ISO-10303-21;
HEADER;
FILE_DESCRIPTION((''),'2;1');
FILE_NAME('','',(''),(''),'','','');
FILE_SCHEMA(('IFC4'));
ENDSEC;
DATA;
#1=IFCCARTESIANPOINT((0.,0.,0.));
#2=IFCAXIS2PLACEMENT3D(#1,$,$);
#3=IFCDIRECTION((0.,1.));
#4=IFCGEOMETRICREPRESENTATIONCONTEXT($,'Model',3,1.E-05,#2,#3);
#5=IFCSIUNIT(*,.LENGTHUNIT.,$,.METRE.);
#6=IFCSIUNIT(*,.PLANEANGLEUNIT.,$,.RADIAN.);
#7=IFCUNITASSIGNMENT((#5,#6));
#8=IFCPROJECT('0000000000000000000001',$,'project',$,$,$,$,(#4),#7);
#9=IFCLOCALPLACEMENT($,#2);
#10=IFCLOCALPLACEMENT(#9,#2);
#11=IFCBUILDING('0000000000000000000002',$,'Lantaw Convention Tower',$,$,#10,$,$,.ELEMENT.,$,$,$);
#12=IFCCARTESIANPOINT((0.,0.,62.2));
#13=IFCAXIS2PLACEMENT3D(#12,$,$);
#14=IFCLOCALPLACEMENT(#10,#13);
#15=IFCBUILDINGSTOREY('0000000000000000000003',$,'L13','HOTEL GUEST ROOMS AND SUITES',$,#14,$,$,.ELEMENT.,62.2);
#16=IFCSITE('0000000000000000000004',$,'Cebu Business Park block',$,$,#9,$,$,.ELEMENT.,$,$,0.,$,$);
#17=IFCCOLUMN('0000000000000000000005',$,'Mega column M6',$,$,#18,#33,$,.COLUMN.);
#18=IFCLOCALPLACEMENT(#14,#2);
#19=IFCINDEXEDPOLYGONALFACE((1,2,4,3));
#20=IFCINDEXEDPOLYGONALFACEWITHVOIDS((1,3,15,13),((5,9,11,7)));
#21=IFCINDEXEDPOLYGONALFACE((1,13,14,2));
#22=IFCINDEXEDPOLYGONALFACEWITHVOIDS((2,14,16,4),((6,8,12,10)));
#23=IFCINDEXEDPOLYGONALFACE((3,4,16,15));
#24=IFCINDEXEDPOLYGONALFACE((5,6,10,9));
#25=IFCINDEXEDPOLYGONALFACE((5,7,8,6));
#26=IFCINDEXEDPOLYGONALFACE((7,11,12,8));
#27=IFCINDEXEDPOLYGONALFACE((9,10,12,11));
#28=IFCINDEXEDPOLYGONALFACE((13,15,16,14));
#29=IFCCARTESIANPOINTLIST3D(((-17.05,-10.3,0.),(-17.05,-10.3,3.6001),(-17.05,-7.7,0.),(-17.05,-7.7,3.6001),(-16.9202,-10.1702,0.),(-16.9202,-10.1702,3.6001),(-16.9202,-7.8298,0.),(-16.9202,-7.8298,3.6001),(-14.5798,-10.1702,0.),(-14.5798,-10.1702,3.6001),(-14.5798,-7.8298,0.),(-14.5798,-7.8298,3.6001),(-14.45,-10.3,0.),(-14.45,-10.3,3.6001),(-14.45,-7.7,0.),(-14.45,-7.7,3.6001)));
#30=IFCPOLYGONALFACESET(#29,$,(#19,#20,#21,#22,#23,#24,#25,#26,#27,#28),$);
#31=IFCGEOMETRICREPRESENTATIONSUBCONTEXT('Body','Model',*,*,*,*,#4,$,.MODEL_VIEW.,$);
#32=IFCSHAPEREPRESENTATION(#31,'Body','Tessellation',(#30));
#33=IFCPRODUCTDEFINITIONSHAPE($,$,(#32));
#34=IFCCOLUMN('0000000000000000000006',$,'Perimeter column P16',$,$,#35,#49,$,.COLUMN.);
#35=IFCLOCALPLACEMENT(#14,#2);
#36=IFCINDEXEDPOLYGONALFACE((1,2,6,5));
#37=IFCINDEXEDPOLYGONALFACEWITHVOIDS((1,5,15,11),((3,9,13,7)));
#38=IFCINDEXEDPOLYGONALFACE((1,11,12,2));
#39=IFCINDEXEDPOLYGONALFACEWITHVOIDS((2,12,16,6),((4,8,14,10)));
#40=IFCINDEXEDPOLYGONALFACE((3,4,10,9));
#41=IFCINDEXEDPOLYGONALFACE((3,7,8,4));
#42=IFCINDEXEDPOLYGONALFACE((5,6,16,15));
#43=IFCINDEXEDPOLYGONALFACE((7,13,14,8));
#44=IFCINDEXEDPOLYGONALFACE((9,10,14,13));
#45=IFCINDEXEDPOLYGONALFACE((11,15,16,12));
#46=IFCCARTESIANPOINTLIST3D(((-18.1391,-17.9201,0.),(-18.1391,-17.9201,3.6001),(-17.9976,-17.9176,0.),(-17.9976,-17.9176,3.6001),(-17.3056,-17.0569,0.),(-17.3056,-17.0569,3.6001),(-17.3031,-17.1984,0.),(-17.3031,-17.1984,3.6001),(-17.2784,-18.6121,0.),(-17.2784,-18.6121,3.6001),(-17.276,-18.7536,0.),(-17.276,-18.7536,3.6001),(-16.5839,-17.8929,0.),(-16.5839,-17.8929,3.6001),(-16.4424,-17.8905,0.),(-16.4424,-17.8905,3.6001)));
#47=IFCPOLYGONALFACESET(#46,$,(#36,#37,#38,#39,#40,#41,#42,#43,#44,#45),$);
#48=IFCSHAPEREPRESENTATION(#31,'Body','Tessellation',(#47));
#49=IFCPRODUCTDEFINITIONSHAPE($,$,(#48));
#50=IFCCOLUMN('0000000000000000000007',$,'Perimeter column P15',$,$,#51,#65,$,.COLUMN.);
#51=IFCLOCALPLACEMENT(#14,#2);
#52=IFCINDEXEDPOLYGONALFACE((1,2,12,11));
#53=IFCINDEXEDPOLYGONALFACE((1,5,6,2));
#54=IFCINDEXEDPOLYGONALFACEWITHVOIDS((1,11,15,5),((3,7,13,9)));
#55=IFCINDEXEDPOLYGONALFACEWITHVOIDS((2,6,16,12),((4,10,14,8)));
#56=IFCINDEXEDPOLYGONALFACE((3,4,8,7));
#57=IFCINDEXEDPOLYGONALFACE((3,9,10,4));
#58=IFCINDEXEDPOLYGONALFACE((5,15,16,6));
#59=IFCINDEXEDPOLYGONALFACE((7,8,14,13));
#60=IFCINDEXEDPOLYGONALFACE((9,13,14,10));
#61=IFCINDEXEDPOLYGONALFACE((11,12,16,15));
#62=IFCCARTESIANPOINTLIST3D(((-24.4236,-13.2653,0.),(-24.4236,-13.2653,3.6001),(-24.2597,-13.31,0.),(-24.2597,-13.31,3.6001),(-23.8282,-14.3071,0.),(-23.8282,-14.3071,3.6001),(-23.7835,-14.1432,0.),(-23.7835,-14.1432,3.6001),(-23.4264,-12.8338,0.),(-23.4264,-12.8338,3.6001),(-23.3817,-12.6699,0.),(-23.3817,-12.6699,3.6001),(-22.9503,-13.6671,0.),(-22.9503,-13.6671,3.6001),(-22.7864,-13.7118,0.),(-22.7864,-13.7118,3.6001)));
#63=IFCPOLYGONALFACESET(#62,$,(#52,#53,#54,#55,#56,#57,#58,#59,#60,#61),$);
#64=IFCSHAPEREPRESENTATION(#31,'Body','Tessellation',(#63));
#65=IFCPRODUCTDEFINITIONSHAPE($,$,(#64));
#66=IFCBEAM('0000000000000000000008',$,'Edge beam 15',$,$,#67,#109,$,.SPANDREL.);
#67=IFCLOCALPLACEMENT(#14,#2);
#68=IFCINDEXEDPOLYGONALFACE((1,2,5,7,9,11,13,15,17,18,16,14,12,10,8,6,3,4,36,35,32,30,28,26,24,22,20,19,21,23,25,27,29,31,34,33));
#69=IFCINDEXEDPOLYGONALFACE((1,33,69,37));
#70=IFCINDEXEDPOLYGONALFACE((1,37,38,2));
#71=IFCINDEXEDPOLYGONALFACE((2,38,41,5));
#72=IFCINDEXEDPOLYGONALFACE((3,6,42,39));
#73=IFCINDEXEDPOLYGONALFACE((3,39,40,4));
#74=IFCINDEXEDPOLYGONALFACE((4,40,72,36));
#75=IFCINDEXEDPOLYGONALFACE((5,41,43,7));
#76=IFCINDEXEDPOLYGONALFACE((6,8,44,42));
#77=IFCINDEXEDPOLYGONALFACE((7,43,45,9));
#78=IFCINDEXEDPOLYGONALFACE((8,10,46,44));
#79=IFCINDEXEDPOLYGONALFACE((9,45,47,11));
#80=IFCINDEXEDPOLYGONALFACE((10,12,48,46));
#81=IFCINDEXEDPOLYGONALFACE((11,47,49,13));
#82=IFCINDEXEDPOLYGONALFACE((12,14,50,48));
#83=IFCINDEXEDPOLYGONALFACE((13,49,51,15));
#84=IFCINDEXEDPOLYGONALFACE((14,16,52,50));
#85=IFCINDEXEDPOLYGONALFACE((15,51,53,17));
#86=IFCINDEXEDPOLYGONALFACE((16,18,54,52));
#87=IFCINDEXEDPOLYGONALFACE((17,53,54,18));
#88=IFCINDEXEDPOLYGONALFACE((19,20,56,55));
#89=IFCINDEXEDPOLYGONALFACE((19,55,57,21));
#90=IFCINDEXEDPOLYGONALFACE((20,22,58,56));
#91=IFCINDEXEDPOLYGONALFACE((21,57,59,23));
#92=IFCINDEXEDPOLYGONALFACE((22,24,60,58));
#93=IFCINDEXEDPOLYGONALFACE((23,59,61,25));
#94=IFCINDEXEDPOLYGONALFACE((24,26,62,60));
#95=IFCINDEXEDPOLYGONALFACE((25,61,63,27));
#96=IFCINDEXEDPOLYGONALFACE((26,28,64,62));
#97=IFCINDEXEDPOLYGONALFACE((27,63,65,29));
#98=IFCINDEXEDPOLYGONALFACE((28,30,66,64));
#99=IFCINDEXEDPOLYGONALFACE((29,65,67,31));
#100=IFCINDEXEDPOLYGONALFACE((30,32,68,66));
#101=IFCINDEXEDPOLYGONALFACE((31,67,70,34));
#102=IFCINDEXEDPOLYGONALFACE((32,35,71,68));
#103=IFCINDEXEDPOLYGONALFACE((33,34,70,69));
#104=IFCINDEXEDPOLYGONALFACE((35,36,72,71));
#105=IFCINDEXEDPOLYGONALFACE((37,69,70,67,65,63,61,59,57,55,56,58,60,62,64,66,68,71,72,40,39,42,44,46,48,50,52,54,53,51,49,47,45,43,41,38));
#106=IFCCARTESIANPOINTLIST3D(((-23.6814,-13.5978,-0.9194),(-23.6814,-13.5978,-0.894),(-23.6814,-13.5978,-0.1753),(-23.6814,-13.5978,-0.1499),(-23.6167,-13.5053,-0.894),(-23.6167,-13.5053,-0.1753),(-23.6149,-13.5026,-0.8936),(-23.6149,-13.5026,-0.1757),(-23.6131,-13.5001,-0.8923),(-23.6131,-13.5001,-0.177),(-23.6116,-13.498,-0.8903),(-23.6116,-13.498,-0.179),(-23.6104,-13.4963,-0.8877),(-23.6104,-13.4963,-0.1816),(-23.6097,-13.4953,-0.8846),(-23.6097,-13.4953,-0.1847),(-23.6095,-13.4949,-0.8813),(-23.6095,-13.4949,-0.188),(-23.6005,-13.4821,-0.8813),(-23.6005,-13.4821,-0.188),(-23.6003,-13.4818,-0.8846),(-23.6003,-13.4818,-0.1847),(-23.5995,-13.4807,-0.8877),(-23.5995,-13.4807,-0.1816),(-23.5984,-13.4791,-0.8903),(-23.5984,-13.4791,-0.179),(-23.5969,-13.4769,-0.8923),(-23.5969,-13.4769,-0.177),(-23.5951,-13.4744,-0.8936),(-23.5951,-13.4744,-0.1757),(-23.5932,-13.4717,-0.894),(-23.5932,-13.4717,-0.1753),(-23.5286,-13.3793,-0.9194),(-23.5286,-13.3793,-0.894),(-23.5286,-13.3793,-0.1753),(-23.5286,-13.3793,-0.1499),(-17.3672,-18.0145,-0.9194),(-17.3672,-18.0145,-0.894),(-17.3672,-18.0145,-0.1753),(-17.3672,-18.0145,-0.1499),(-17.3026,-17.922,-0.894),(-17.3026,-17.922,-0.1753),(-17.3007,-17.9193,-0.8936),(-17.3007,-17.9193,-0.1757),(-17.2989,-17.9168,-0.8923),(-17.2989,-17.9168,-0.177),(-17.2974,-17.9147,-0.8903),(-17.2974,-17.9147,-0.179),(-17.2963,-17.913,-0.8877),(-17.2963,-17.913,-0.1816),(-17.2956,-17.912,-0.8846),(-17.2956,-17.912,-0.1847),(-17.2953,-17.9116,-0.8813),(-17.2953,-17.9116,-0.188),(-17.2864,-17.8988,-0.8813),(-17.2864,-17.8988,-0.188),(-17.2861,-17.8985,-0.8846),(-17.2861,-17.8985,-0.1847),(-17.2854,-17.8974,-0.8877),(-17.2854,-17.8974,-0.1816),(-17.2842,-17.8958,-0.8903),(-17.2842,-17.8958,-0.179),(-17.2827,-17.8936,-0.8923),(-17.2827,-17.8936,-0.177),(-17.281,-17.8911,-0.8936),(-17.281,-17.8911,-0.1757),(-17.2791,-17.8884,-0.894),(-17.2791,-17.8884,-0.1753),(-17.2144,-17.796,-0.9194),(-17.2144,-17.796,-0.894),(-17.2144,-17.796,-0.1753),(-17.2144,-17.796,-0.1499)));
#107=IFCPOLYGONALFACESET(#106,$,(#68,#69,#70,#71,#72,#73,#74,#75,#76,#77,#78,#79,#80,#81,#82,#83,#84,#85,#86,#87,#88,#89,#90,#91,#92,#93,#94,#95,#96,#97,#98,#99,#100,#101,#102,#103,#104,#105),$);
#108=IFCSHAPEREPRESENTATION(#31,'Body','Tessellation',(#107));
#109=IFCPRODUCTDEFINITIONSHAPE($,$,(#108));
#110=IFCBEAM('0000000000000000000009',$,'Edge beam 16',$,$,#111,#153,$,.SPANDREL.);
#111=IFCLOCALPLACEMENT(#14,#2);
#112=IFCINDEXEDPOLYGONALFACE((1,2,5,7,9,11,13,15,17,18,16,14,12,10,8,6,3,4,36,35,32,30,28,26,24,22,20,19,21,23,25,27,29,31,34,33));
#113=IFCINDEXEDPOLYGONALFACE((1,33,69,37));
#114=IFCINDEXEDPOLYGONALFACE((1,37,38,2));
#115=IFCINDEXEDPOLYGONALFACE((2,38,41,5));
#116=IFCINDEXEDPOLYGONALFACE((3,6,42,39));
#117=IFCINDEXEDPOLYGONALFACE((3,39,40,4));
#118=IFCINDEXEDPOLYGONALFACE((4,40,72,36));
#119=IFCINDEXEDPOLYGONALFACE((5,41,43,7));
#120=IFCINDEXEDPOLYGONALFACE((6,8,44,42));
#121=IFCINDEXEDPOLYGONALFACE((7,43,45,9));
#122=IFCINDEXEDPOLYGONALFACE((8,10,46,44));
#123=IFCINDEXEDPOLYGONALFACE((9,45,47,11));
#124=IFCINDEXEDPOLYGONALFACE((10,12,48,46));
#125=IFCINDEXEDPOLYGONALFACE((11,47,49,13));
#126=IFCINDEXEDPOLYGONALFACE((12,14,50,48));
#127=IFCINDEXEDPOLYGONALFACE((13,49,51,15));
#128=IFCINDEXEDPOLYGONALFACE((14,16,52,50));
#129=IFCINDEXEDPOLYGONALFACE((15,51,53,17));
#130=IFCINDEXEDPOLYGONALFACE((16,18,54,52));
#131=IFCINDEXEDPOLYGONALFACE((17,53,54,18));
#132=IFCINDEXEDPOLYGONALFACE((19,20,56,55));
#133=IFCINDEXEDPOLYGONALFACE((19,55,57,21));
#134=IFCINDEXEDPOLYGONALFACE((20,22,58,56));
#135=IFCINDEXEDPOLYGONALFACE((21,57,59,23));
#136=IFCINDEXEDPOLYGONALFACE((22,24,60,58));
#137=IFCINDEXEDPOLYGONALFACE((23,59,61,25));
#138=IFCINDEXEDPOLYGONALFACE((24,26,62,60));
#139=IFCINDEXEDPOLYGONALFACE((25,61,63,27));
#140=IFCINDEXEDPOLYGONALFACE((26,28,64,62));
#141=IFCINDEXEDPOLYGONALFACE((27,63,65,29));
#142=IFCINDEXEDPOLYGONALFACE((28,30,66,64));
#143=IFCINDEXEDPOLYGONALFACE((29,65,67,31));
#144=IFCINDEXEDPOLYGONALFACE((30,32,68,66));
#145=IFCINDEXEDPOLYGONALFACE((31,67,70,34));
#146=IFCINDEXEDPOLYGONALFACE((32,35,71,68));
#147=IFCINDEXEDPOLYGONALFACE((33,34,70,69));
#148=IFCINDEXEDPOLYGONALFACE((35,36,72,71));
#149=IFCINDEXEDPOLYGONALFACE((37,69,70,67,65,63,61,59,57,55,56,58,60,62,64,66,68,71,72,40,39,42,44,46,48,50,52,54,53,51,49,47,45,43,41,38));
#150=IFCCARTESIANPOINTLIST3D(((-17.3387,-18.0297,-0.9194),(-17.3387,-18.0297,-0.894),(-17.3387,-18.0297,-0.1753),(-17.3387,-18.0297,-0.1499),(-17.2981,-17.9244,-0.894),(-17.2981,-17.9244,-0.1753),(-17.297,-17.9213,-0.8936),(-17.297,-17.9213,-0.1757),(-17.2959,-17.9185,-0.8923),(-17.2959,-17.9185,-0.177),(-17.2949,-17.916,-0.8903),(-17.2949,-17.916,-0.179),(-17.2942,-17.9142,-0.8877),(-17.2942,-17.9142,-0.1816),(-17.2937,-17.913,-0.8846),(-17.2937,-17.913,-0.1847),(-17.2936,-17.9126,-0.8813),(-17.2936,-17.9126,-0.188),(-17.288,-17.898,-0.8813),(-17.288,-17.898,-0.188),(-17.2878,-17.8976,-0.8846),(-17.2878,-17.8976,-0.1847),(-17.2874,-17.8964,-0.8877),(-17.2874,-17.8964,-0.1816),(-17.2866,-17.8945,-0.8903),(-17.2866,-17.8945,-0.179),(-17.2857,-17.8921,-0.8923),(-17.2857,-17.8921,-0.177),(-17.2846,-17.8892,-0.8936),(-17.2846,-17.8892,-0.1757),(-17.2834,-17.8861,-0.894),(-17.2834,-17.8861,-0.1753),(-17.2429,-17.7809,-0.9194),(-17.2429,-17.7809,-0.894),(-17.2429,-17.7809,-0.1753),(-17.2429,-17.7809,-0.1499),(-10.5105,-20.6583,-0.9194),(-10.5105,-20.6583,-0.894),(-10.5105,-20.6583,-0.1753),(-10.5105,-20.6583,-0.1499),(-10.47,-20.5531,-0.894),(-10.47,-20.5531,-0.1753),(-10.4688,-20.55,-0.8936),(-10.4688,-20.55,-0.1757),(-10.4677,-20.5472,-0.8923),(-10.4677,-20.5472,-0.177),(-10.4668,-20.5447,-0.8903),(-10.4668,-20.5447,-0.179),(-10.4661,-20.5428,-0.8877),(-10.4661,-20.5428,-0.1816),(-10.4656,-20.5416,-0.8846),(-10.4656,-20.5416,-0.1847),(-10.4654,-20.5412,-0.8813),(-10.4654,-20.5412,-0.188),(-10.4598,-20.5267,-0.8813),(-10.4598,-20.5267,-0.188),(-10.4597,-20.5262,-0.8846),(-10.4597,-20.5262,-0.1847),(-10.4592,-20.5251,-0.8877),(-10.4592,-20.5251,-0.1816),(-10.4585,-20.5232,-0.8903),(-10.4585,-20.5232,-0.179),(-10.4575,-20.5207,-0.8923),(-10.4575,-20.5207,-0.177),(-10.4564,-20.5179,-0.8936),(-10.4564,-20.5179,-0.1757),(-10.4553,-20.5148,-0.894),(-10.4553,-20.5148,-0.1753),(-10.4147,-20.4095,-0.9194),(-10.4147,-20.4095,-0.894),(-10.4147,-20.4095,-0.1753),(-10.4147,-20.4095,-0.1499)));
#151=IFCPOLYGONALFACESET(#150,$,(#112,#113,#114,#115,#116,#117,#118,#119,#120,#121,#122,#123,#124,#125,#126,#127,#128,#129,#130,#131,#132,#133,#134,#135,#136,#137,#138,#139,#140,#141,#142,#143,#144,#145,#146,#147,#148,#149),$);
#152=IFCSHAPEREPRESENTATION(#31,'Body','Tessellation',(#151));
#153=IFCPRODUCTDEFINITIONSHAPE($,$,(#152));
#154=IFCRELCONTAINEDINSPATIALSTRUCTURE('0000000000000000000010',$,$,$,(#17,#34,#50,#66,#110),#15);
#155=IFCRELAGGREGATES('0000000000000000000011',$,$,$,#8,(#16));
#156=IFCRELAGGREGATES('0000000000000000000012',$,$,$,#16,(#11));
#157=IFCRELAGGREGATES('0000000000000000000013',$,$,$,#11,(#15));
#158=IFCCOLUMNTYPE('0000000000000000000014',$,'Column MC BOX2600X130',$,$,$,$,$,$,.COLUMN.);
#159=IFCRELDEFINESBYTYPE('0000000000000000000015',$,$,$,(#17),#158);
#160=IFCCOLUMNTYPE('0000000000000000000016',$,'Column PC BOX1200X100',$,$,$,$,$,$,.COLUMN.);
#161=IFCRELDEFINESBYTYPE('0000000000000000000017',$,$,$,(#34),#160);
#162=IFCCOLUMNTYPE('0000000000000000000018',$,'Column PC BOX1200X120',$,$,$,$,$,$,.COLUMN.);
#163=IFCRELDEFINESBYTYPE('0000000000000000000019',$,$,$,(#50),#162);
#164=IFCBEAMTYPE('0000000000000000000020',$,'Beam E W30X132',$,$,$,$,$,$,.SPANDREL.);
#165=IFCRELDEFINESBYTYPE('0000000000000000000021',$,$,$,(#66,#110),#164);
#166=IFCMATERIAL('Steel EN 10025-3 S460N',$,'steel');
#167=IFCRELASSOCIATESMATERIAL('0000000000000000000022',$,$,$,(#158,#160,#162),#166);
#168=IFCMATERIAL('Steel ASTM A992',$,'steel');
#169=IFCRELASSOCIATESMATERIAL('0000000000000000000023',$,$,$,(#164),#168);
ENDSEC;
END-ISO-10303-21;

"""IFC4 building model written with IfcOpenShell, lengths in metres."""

from ifc_helpers import new_model, si_unit, direction, frame, origin, origin_2d, place, context, subcontext, project, spatial, rectangle, hollow_rectangle, i_section, extrude, material, material_profile, profile_set, type_object, element, save


model = new_model("IFC4")

# Units and contexts
model_context = context("Model", 3, precision=1e-05, world=origin(), true_north=direction((0.0, 1.0)))
body_context = subcontext(model_context, "Body", "Model", "MODEL_VIEW")
ifc_project = project(units=[si_unit("LENGTHUNIT", "METRE"), si_unit("PLANEANGLEUNIT", "RADIAN")], contexts=[model_context])

# Site, building, storey
site_placement = place(None, origin())
site = spatial("IfcSite", under=ifc_project, at=site_placement, Name="Cebu Business Park block", CompositionType="ELEMENT", RefElevation=0.0)
building_placement = place(site_placement, origin())
building = spatial("IfcBuilding", under=site, at=building_placement, Name="Lantaw Convention Tower", CompositionType="ELEMENT")
storey_placement = place(building_placement, frame((0.0, 0.0, 62.2)))
storey = spatial("IfcBuildingStorey", under=building, at=storey_placement, Name="L13", Description="HOTEL GUEST ROOMS AND SUITES", CompositionType="ELEMENT", Elevation=62.2)

# Columns
ifc_material_1 = material(Name="Steel EN 10025-3 S460N", Category="steel")
ifc_material_profile_1 = material_profile(ifc_material_1, hollow_rectangle(XDim=2.6001, YDim=2.6001, WallThickness=0.1299, at=origin_2d()), Name="BOX2600X130")
ifc_material_2 = material(Name="Concrete C60/75", Category="concrete")
ifc_material_profile_2 = material_profile(ifc_material_2, rectangle(XDim=2.3401, YDim=2.3401, at=origin_2d()), Name="Concrete fill of BOX2600X130")
ifc_profile_set_1 = profile_set([ifc_material_profile_1, ifc_material_profile_2], Name="Steel EN 10025-3 S460N")
column_type_1 = type_object("IfcColumnType", Name="Column MC BOX2600X130", PredefinedType="COLUMN", material=ifc_profile_set_1)
column_1_placement = place(storey_placement, frame((-15.75, -9.0, 0.0), z_axis=(0.0, 0.0, 1.0), x_axis=(1.0, 0.0, 0.0)))
element("IfcColumn", 1, at=column_1_placement, inside=storey, type_object=column_type_1, Name="Mega column M6", PredefinedType="COLUMN", context=body_context, shape_type="SweptSolid", body=[
    extrude(hollow_rectangle(XDim=2.6001, YDim=2.6001, WallThickness=0.1299, at=origin_2d()), origin(), (0.0, 0.0, 1.0), 3.6001),
])
ifc_material_profile_3 = material_profile(ifc_material_1, hollow_rectangle(XDim=1.2, YDim=1.2, WallThickness=0.1001, at=origin_2d()), Name="BOX1200X100")
ifc_material_profile_4 = material_profile(ifc_material_2, rectangle(XDim=1.0, YDim=1.0, at=origin_2d()), Name="Concrete fill of BOX1200X100")
ifc_profile_set_2 = profile_set([ifc_material_profile_3, ifc_material_profile_4], Name="Steel EN 10025-3 S460N")
column_type_2 = type_object("IfcColumnType", Name="Column PC BOX1200X100", PredefinedType="COLUMN", material=ifc_profile_set_2)
column_2_placement = place(storey_placement, frame((-17.2908, -17.9053, 0.0), z_axis=(0.0, 0.0, 1.0), x_axis=(0.694658, 0.71934, 0.0)))
element("IfcColumn", 2, at=column_2_placement, inside=storey, type_object=column_type_2, Name="Perimeter column P16", PredefinedType="COLUMN", context=body_context, shape_type="SweptSolid", body=[
    extrude(hollow_rectangle(XDim=1.2, YDim=1.2, WallThickness=0.1001, at=origin_2d()), origin(), (0.0, 0.0, 1.0), 3.6001),
])
ifc_material_profile_5 = material_profile(ifc_material_1, hollow_rectangle(XDim=1.2, YDim=1.2, WallThickness=0.1201, at=origin_2d()), Name="BOX1200X120")
ifc_material_profile_6 = material_profile(ifc_material_2, rectangle(XDim=0.96, YDim=0.96, at=origin_2d()), Name="Concrete fill of BOX1200X120")
ifc_profile_set_3 = profile_set([ifc_material_profile_5, ifc_material_profile_6], Name="Steel EN 10025-3 S460N")
column_type_3 = type_object("IfcColumnType", Name="Column PC BOX1200X120", PredefinedType="COLUMN", material=ifc_profile_set_3)
column_3_placement = place(storey_placement, frame((-23.605, -13.4885, 0.0), z_axis=(0.0, 0.0, 1.0), x_axis=(0.868243, 0.496139, 0.0)))
element("IfcColumn", 3, at=column_3_placement, inside=storey, type_object=column_type_3, Name="Perimeter column P15", PredefinedType="COLUMN", context=body_context, shape_type="SweptSolid", body=[
    extrude(hollow_rectangle(XDim=1.2, YDim=1.2, WallThickness=0.1201, at=origin_2d()), origin(), (0.0, 0.0, 1.0), 3.6001),
])

# Beams
ifc_material_3 = material(Name="Steel ASTM A992", Category="steel")
ifc_material_profile_7 = material_profile(ifc_material_3, i_section(OverallWidth=0.2666, OverallDepth=0.7695, WebThickness=0.0156, FlangeThickness=0.0254, FilletRadius=0.0127, at=origin_2d()), Name="W30X132")
ifc_profile_set_4 = profile_set([ifc_material_profile_7], Name="Steel ASTM A992")
beam_type_1 = type_object("IfcBeamType", Name="Beam E W30X132", PredefinedType="SPANDREL", material=ifc_profile_set_4)
beam_1_placement = place(storey_placement, frame((-23.605, -13.4885, -0.5347), z_axis=(0.819427, -0.573184, 0.0), x_axis=(0.573184, 0.819427, 0.0)))
element("IfcBeam", 4, at=beam_1_placement, inside=storey, type_object=beam_type_1, Name="Edge beam 15", PredefinedType="SPANDREL", context=body_context, shape_type="SweptSolid", body=[
    extrude(i_section(OverallWidth=0.2666, OverallDepth=0.7695, WebThickness=0.0156, FlangeThickness=0.0254, FilletRadius=0.0127, at=origin_2d()), origin(), (0.0, 0.0, 1.0), 7.7056),
])
beam_2_placement = place(storey_placement, frame((-17.2908, -17.9053, -0.5347), z_axis=(0.933233, -0.359272, 0.0), x_axis=(0.359272, 0.933233, 0.0)))
element("IfcBeam", 5, at=beam_2_placement, inside=storey, type_object=beam_type_1, Name="Edge beam 16", PredefinedType="SPANDREL", context=body_context, shape_type="SweptSolid", body=[
    extrude(i_section(OverallWidth=0.2666, OverallDepth=0.7695, WebThickness=0.0156, FlangeThickness=0.0254, FilletRadius=0.0127, at=origin_2d()), origin(), (0.0, 0.0, 1.0), 7.3167),
])

save(model, "model.ifc")
